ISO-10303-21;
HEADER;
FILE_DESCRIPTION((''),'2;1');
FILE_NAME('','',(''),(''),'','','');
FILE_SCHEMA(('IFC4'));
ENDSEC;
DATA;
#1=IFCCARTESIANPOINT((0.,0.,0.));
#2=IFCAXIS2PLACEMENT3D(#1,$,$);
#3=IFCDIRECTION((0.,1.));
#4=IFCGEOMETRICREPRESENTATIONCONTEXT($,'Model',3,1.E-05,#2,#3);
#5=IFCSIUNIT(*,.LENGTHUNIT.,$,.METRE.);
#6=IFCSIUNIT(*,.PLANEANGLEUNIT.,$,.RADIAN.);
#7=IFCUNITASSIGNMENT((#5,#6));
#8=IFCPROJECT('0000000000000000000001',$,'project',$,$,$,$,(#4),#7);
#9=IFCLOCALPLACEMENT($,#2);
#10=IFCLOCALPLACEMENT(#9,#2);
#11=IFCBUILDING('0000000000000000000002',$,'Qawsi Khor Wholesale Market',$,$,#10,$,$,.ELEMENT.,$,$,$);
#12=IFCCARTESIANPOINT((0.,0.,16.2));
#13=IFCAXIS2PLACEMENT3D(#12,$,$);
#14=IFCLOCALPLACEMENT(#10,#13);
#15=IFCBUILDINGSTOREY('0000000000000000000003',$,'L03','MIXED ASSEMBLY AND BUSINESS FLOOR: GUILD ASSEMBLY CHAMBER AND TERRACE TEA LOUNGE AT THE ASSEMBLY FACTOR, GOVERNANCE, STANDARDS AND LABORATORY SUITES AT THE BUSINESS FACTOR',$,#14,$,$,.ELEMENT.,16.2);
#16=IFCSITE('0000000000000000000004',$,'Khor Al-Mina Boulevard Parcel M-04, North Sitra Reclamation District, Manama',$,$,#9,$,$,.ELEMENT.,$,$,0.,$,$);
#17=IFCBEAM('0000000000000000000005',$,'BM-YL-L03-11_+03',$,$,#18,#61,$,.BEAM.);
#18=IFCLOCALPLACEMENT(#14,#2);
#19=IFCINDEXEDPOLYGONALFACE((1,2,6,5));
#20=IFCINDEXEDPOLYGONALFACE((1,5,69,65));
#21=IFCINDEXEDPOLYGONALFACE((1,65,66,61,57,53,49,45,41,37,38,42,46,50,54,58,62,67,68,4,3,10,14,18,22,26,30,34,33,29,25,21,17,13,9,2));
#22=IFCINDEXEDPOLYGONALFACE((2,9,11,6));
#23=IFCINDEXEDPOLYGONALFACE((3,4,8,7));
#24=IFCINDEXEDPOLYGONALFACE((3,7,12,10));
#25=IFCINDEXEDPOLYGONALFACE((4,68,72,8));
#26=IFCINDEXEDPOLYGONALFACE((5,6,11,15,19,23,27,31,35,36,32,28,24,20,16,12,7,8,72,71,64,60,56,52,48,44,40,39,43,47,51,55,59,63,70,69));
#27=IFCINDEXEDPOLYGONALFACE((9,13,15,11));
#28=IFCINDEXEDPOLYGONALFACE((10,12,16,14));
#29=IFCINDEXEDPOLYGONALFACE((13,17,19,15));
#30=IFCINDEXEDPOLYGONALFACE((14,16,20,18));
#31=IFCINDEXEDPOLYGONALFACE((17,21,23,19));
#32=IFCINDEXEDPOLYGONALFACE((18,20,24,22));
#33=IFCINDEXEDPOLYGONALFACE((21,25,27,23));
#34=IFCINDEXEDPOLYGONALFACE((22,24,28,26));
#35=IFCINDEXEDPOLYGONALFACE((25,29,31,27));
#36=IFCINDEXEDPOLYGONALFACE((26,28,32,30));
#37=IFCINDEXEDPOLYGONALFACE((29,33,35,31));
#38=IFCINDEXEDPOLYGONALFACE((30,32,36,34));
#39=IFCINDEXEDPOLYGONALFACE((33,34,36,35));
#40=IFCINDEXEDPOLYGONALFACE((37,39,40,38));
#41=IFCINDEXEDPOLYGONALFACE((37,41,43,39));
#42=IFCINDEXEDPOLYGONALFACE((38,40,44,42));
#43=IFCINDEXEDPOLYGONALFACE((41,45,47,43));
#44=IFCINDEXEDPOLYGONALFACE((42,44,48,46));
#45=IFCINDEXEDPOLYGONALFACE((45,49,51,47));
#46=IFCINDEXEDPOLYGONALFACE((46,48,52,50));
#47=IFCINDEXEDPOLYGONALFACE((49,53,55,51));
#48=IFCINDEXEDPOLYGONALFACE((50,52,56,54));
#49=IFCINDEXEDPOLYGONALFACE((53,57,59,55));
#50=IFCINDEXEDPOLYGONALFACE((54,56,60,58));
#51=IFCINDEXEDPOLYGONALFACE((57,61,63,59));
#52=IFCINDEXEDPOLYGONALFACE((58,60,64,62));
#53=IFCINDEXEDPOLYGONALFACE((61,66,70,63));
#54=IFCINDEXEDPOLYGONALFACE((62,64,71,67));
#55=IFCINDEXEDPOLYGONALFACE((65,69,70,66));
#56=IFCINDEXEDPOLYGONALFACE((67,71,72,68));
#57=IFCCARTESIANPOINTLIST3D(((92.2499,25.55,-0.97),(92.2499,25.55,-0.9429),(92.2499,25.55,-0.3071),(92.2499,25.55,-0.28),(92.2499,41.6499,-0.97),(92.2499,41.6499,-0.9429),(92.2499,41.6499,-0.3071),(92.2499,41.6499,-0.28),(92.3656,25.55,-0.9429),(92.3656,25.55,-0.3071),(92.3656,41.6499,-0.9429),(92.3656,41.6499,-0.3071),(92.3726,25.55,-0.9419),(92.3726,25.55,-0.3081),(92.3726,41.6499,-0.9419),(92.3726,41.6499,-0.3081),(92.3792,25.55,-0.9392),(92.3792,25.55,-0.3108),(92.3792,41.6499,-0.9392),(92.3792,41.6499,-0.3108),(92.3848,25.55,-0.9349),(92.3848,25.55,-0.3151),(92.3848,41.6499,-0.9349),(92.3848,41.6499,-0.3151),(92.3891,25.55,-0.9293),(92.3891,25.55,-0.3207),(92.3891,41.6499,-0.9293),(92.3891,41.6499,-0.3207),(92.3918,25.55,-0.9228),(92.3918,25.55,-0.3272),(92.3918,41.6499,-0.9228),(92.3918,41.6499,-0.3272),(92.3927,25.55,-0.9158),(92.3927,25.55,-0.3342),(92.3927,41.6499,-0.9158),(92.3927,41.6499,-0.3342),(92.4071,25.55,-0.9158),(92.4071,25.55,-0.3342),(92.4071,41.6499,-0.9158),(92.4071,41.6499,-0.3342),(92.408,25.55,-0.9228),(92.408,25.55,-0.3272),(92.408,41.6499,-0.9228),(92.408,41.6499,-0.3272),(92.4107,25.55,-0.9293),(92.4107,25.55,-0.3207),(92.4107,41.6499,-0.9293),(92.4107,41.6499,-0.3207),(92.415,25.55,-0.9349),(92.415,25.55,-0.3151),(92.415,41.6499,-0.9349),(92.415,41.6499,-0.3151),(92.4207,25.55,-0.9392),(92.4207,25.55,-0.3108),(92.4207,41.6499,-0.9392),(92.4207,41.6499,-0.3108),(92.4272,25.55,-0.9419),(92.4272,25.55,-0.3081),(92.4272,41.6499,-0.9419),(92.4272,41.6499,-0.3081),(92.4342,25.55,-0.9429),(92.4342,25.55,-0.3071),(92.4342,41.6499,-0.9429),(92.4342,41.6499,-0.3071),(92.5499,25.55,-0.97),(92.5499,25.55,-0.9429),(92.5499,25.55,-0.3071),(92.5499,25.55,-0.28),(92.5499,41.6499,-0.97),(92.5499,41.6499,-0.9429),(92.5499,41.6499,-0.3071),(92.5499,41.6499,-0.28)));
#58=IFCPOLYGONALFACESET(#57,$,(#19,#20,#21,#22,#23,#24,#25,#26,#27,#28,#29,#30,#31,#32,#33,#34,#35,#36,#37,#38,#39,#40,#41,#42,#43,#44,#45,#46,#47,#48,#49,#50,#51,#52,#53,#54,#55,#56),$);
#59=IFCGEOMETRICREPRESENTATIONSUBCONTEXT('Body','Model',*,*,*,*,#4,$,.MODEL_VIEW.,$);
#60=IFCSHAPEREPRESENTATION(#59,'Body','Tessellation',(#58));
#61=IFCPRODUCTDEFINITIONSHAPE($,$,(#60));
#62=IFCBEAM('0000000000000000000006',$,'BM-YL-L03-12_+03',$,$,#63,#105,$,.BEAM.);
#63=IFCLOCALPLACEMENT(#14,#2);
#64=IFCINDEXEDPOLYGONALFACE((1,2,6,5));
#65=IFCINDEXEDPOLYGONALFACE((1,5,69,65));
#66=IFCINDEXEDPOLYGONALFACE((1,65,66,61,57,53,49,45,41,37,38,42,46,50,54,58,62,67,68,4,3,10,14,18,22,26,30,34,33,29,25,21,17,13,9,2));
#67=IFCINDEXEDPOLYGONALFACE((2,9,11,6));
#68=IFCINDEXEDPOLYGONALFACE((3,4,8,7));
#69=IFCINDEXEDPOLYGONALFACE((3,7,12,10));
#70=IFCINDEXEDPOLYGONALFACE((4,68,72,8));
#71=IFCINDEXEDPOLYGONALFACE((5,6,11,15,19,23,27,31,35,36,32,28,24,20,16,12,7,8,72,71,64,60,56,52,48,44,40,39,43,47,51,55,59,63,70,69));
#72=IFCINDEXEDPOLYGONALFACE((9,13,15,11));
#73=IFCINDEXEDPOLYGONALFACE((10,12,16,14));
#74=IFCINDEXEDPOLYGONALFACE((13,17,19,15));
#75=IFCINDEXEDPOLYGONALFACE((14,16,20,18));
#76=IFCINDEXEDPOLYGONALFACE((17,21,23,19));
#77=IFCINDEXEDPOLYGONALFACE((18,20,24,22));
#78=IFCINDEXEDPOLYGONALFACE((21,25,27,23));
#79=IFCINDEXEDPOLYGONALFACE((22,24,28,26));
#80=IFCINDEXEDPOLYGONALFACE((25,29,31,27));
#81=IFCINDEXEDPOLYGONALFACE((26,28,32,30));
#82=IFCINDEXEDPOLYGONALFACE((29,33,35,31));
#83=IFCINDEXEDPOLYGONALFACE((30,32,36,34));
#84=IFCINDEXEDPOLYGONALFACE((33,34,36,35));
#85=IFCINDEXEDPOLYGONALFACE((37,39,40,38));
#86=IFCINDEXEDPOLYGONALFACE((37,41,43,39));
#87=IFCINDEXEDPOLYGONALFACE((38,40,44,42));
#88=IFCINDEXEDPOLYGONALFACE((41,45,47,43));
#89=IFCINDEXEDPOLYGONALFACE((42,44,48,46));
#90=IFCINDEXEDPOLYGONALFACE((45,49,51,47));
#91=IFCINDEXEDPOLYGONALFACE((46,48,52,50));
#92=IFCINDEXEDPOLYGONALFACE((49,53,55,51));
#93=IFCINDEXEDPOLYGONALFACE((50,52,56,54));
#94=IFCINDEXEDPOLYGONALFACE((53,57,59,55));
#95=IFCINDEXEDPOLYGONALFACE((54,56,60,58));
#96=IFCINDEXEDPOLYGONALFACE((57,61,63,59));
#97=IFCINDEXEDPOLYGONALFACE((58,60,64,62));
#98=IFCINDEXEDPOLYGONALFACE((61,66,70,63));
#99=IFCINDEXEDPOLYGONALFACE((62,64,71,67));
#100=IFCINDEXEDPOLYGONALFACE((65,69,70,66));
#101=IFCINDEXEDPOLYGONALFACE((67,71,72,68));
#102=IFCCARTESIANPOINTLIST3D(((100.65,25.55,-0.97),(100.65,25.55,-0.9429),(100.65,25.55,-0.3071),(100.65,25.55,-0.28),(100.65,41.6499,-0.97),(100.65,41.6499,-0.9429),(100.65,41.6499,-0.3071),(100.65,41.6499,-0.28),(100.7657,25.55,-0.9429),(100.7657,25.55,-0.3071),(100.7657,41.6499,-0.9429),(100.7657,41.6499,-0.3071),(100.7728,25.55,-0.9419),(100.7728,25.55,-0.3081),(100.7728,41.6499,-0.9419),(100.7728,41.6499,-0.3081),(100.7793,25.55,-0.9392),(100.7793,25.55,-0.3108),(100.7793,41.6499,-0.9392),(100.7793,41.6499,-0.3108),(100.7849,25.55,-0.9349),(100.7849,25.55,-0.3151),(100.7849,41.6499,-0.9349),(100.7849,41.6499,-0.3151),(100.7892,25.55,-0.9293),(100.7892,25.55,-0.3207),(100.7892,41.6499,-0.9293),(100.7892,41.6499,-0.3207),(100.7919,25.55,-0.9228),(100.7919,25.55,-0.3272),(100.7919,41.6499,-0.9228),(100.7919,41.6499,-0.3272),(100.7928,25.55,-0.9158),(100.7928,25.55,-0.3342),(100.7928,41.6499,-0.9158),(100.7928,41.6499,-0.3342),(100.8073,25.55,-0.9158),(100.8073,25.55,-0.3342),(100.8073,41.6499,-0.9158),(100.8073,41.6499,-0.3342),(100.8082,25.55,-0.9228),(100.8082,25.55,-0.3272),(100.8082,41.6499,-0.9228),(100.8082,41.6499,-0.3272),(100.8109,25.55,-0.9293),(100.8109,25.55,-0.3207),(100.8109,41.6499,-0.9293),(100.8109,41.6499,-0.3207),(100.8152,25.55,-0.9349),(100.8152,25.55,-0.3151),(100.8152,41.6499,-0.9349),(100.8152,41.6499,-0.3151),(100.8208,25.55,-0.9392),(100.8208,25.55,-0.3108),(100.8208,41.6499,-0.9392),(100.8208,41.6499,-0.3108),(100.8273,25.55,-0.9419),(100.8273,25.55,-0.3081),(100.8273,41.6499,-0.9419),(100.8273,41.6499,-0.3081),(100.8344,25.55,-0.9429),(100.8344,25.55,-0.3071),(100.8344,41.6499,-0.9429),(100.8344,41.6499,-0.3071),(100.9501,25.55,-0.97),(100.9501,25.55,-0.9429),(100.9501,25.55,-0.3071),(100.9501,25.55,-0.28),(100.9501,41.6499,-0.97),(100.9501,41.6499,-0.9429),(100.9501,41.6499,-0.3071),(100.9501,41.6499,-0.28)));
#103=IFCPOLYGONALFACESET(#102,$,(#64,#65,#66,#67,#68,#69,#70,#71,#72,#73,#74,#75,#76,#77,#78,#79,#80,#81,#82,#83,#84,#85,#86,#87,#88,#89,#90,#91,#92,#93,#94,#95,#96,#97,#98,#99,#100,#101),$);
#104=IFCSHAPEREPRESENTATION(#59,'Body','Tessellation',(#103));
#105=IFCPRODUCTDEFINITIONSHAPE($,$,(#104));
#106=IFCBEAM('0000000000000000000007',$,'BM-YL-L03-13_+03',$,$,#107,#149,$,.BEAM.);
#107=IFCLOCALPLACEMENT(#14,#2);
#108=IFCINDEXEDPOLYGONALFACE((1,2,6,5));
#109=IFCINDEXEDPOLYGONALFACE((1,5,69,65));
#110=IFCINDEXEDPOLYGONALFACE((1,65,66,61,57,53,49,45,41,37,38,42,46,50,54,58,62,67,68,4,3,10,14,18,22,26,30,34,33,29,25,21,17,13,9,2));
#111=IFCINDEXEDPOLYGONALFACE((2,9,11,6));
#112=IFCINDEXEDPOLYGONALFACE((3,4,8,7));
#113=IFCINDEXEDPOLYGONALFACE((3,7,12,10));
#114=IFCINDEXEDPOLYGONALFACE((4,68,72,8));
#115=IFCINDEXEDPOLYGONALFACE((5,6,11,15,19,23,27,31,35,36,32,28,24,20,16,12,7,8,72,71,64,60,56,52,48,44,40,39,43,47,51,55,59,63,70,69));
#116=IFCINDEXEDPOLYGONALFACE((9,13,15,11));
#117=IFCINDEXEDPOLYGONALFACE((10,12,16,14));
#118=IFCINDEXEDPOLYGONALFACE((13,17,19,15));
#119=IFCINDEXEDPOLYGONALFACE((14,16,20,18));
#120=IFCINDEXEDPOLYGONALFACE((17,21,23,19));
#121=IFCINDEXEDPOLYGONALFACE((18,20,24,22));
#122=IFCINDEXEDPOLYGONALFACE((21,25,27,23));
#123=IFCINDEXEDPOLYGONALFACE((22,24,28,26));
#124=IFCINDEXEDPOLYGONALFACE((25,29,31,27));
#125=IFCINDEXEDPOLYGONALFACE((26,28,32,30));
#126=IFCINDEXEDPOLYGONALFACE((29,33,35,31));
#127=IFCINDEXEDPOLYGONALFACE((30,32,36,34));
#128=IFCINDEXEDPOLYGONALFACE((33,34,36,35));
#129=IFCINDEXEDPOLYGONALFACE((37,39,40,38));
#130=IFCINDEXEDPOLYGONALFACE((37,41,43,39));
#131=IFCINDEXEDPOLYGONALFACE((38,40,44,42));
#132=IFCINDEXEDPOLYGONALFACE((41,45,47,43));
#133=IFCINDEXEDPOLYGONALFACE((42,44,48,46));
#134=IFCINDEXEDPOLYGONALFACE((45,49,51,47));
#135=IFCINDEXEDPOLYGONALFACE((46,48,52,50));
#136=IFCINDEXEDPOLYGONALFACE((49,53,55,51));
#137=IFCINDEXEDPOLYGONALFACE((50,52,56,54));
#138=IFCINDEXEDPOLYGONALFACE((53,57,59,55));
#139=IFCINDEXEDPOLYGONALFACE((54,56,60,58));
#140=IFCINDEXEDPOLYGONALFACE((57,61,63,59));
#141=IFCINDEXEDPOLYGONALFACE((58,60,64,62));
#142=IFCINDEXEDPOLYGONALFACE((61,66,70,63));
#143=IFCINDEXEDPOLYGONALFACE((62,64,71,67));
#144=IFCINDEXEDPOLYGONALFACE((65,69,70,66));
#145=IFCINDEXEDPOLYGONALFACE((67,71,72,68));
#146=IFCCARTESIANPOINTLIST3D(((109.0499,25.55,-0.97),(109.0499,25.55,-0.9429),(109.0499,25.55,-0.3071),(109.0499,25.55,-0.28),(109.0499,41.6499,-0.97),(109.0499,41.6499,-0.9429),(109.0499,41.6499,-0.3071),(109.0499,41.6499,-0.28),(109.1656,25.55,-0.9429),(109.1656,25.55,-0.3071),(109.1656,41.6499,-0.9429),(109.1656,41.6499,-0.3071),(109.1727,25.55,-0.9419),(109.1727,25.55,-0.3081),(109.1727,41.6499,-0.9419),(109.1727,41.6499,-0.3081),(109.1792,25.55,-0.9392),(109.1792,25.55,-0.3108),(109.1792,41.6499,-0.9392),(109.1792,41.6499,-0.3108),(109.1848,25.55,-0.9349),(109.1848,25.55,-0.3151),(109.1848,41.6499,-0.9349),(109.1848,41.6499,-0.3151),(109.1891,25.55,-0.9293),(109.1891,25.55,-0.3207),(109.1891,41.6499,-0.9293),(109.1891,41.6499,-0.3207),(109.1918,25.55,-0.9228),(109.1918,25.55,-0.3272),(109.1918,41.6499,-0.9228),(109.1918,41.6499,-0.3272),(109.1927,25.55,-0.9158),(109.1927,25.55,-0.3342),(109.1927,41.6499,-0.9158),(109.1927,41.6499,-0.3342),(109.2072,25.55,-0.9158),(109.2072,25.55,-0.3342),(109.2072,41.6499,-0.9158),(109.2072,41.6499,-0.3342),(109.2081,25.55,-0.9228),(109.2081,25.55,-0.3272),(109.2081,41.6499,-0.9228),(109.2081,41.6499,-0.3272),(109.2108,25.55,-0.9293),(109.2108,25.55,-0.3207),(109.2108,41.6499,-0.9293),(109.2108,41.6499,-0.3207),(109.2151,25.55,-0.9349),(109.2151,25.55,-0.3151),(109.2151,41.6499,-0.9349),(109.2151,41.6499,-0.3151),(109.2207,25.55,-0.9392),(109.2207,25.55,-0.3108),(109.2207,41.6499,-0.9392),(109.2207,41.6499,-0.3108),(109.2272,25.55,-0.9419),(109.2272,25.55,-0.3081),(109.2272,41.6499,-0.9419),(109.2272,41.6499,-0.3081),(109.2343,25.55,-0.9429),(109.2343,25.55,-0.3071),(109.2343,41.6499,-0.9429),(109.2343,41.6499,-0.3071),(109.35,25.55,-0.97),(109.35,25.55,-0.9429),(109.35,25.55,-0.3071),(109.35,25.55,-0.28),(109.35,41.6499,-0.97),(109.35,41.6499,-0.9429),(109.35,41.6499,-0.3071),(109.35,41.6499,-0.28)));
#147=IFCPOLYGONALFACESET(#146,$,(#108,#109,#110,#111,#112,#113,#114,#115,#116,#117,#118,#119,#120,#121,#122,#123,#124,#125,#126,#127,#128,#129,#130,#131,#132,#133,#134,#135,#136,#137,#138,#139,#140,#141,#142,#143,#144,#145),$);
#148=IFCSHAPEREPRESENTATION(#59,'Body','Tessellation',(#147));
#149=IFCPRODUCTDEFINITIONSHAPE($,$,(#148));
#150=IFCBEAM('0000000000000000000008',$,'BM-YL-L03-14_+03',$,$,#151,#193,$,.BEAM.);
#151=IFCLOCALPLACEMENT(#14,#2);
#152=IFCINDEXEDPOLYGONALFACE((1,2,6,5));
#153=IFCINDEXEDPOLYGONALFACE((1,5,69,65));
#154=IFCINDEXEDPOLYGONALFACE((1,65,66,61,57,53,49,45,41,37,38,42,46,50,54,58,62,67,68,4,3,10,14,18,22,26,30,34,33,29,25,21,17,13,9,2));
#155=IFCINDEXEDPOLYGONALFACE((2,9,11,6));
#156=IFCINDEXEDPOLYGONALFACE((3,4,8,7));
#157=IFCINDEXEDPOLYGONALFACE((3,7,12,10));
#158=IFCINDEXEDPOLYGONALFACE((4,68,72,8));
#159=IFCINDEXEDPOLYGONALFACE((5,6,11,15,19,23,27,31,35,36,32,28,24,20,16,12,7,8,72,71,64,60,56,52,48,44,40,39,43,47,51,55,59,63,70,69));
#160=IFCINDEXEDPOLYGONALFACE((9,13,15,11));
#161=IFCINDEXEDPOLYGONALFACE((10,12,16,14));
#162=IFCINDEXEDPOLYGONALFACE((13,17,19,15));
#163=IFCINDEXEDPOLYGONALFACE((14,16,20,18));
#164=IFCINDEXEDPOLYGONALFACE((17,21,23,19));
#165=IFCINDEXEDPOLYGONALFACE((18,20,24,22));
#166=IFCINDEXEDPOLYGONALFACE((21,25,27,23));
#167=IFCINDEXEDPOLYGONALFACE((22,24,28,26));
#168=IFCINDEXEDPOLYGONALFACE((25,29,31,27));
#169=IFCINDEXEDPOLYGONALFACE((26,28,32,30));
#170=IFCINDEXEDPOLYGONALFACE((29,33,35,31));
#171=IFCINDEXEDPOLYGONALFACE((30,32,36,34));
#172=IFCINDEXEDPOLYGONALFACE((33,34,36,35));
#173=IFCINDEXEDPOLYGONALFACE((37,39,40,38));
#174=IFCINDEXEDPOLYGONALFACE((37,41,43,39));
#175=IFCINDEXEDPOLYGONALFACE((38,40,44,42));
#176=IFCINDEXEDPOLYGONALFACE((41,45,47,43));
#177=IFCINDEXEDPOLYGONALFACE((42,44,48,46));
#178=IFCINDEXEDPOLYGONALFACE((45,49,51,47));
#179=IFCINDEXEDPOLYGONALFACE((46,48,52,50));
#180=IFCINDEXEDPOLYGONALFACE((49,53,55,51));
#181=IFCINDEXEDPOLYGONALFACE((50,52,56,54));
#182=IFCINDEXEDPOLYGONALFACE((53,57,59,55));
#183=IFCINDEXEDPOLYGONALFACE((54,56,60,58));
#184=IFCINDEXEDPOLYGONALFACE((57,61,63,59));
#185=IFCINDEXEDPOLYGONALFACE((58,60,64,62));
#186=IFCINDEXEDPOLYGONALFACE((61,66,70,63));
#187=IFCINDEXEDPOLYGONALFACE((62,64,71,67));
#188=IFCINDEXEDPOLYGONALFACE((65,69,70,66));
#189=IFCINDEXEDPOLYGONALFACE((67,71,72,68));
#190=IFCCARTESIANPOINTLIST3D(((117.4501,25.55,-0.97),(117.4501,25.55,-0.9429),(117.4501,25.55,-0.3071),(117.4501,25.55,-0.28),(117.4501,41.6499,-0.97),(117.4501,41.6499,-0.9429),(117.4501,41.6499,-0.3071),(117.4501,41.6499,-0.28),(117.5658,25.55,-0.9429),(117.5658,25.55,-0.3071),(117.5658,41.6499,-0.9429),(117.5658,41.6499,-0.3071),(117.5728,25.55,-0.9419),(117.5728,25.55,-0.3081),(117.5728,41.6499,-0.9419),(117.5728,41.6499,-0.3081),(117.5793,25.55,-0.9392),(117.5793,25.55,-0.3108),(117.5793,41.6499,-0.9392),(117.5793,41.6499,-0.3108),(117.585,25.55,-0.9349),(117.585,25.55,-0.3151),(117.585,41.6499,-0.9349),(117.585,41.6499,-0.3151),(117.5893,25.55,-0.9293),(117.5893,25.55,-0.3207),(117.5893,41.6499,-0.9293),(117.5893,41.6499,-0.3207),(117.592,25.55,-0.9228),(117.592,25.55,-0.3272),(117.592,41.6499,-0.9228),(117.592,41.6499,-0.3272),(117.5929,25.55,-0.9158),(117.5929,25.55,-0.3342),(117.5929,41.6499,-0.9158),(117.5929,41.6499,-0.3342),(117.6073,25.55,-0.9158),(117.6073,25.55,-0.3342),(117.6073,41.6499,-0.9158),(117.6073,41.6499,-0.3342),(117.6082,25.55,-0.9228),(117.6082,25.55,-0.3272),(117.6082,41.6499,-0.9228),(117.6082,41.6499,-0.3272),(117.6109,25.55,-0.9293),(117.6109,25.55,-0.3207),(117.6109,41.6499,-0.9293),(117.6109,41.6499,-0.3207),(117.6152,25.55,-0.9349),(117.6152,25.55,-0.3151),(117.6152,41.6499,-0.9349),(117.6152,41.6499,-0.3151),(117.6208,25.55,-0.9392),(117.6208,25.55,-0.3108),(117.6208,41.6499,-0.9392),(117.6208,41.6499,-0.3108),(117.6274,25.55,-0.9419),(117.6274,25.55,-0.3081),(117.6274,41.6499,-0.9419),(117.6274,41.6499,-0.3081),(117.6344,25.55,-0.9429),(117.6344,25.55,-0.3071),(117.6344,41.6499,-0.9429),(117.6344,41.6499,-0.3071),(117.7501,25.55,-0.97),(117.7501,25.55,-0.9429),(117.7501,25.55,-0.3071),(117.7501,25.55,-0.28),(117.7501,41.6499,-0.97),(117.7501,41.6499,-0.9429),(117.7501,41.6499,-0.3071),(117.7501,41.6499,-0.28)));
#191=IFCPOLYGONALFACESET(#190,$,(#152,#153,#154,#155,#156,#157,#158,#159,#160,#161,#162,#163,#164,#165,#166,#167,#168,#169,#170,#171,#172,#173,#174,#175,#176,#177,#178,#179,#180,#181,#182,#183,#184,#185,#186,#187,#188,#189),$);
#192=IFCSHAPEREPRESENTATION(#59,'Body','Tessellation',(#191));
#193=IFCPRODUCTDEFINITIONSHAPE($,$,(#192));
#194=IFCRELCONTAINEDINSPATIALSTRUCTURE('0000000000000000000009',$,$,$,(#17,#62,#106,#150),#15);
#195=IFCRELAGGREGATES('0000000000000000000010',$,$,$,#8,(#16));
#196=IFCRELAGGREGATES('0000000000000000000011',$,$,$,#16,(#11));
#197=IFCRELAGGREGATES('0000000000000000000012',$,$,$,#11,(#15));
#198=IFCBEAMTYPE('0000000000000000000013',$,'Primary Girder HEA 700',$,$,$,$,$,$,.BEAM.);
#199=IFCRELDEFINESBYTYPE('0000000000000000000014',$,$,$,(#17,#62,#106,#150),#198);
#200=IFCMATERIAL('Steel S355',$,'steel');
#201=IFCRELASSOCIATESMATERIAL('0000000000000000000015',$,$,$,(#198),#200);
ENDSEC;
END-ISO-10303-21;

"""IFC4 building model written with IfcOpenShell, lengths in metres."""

from ifc_helpers import new_model, si_unit, direction, frame, origin, origin_2d, place, context, subcontext, project, spatial, i_section, extrude, material, material_profile, profile_set, type_object, element, save


model = new_model("IFC4")

# Units and contexts
model_context = context("Model", 3, precision=1e-05, world=origin(), true_north=direction((0.0, 1.0)))
body_context = subcontext(model_context, "Body", "Model", "MODEL_VIEW")
ifc_project = project(units=[si_unit("LENGTHUNIT", "METRE"), si_unit("PLANEANGLEUNIT", "RADIAN")], contexts=[model_context])

# Site, building, storey
site_placement = place(None, origin())
site = spatial("IfcSite", under=ifc_project, at=site_placement, Name="Khor Al-Mina Boulevard Parcel M-04, North Sitra Reclamation District, Manama", CompositionType="ELEMENT", RefElevation=0.0)
building_placement = place(site_placement, origin())
building = spatial("IfcBuilding", under=site, at=building_placement, Name="Qawsi Khor Wholesale Market", CompositionType="ELEMENT")
storey_placement = place(building_placement, frame((0.0, 0.0, 16.2)))
storey = spatial("IfcBuildingStorey", under=building, at=storey_placement, Name="L03", Description="MIXED ASSEMBLY AND BUSINESS FLOOR: GUILD ASSEMBLY CHAMBER AND TERRACE TEA LOUNGE AT THE ASSEMBLY FACTOR, GOVERNANCE, STANDARDS AND LABORATORY SUITES AT THE BUSINESS FACTOR", CompositionType="ELEMENT", Elevation=16.2)

# Beams
ifc_material_1 = material(Name="Steel S355", Category="steel")
ifc_material_profile_1 = material_profile(ifc_material_1, i_section(OverallWidth=0.3, OverallDepth=0.6899, WebThickness=0.0144, FlangeThickness=0.0271, FilletRadius=0.0271, at=origin_2d()), Name="HEA 700")
ifc_profile_set_1 = profile_set([ifc_material_profile_1], Name="Steel S355")
beam_type_1 = type_object("IfcBeamType", Name="Primary Girder HEA 700", PredefinedType="BEAM", material=ifc_profile_set_1)
for number, where, z_axis, x_axis, name in (
    (1, (92.3999, 25.55, -0.625), (0.0, 1.0, 0.0), (-1.0, 0.0, 0.0), "BM-YL-L03-11_+03"),
    (2, (100.8, 25.55, -0.625), (0.0, 1.0, 0.0), (-1.0, 0.0, 0.0), "BM-YL-L03-12_+03"),
    (3, (109.2, 25.55, -0.625), (0.0, 1.0, 0.0), (-1.0, 0.0, 0.0), "BM-YL-L03-13_+03"),
    (4, (117.6001, 25.55, -0.625), (0.0, 1.0, 0.0), (-1.0, 0.0, 0.0), "BM-YL-L03-14_+03"),
):
    element("IfcBeam", number, at=place(storey_placement, frame(where, z_axis=z_axis, x_axis=x_axis)), inside=storey, type_object=beam_type_1, Name=name, PredefinedType="BEAM", context=body_context, shape_type="SweptSolid", body=[
        extrude(i_section(OverallWidth=0.3, OverallDepth=0.6899, WebThickness=0.0144, FlangeThickness=0.0271, FilletRadius=0.0271, at=origin_2d()), origin(), (0.0, 0.0, 1.0), 16.0999),
    ])

save(model, "model.ifc")
